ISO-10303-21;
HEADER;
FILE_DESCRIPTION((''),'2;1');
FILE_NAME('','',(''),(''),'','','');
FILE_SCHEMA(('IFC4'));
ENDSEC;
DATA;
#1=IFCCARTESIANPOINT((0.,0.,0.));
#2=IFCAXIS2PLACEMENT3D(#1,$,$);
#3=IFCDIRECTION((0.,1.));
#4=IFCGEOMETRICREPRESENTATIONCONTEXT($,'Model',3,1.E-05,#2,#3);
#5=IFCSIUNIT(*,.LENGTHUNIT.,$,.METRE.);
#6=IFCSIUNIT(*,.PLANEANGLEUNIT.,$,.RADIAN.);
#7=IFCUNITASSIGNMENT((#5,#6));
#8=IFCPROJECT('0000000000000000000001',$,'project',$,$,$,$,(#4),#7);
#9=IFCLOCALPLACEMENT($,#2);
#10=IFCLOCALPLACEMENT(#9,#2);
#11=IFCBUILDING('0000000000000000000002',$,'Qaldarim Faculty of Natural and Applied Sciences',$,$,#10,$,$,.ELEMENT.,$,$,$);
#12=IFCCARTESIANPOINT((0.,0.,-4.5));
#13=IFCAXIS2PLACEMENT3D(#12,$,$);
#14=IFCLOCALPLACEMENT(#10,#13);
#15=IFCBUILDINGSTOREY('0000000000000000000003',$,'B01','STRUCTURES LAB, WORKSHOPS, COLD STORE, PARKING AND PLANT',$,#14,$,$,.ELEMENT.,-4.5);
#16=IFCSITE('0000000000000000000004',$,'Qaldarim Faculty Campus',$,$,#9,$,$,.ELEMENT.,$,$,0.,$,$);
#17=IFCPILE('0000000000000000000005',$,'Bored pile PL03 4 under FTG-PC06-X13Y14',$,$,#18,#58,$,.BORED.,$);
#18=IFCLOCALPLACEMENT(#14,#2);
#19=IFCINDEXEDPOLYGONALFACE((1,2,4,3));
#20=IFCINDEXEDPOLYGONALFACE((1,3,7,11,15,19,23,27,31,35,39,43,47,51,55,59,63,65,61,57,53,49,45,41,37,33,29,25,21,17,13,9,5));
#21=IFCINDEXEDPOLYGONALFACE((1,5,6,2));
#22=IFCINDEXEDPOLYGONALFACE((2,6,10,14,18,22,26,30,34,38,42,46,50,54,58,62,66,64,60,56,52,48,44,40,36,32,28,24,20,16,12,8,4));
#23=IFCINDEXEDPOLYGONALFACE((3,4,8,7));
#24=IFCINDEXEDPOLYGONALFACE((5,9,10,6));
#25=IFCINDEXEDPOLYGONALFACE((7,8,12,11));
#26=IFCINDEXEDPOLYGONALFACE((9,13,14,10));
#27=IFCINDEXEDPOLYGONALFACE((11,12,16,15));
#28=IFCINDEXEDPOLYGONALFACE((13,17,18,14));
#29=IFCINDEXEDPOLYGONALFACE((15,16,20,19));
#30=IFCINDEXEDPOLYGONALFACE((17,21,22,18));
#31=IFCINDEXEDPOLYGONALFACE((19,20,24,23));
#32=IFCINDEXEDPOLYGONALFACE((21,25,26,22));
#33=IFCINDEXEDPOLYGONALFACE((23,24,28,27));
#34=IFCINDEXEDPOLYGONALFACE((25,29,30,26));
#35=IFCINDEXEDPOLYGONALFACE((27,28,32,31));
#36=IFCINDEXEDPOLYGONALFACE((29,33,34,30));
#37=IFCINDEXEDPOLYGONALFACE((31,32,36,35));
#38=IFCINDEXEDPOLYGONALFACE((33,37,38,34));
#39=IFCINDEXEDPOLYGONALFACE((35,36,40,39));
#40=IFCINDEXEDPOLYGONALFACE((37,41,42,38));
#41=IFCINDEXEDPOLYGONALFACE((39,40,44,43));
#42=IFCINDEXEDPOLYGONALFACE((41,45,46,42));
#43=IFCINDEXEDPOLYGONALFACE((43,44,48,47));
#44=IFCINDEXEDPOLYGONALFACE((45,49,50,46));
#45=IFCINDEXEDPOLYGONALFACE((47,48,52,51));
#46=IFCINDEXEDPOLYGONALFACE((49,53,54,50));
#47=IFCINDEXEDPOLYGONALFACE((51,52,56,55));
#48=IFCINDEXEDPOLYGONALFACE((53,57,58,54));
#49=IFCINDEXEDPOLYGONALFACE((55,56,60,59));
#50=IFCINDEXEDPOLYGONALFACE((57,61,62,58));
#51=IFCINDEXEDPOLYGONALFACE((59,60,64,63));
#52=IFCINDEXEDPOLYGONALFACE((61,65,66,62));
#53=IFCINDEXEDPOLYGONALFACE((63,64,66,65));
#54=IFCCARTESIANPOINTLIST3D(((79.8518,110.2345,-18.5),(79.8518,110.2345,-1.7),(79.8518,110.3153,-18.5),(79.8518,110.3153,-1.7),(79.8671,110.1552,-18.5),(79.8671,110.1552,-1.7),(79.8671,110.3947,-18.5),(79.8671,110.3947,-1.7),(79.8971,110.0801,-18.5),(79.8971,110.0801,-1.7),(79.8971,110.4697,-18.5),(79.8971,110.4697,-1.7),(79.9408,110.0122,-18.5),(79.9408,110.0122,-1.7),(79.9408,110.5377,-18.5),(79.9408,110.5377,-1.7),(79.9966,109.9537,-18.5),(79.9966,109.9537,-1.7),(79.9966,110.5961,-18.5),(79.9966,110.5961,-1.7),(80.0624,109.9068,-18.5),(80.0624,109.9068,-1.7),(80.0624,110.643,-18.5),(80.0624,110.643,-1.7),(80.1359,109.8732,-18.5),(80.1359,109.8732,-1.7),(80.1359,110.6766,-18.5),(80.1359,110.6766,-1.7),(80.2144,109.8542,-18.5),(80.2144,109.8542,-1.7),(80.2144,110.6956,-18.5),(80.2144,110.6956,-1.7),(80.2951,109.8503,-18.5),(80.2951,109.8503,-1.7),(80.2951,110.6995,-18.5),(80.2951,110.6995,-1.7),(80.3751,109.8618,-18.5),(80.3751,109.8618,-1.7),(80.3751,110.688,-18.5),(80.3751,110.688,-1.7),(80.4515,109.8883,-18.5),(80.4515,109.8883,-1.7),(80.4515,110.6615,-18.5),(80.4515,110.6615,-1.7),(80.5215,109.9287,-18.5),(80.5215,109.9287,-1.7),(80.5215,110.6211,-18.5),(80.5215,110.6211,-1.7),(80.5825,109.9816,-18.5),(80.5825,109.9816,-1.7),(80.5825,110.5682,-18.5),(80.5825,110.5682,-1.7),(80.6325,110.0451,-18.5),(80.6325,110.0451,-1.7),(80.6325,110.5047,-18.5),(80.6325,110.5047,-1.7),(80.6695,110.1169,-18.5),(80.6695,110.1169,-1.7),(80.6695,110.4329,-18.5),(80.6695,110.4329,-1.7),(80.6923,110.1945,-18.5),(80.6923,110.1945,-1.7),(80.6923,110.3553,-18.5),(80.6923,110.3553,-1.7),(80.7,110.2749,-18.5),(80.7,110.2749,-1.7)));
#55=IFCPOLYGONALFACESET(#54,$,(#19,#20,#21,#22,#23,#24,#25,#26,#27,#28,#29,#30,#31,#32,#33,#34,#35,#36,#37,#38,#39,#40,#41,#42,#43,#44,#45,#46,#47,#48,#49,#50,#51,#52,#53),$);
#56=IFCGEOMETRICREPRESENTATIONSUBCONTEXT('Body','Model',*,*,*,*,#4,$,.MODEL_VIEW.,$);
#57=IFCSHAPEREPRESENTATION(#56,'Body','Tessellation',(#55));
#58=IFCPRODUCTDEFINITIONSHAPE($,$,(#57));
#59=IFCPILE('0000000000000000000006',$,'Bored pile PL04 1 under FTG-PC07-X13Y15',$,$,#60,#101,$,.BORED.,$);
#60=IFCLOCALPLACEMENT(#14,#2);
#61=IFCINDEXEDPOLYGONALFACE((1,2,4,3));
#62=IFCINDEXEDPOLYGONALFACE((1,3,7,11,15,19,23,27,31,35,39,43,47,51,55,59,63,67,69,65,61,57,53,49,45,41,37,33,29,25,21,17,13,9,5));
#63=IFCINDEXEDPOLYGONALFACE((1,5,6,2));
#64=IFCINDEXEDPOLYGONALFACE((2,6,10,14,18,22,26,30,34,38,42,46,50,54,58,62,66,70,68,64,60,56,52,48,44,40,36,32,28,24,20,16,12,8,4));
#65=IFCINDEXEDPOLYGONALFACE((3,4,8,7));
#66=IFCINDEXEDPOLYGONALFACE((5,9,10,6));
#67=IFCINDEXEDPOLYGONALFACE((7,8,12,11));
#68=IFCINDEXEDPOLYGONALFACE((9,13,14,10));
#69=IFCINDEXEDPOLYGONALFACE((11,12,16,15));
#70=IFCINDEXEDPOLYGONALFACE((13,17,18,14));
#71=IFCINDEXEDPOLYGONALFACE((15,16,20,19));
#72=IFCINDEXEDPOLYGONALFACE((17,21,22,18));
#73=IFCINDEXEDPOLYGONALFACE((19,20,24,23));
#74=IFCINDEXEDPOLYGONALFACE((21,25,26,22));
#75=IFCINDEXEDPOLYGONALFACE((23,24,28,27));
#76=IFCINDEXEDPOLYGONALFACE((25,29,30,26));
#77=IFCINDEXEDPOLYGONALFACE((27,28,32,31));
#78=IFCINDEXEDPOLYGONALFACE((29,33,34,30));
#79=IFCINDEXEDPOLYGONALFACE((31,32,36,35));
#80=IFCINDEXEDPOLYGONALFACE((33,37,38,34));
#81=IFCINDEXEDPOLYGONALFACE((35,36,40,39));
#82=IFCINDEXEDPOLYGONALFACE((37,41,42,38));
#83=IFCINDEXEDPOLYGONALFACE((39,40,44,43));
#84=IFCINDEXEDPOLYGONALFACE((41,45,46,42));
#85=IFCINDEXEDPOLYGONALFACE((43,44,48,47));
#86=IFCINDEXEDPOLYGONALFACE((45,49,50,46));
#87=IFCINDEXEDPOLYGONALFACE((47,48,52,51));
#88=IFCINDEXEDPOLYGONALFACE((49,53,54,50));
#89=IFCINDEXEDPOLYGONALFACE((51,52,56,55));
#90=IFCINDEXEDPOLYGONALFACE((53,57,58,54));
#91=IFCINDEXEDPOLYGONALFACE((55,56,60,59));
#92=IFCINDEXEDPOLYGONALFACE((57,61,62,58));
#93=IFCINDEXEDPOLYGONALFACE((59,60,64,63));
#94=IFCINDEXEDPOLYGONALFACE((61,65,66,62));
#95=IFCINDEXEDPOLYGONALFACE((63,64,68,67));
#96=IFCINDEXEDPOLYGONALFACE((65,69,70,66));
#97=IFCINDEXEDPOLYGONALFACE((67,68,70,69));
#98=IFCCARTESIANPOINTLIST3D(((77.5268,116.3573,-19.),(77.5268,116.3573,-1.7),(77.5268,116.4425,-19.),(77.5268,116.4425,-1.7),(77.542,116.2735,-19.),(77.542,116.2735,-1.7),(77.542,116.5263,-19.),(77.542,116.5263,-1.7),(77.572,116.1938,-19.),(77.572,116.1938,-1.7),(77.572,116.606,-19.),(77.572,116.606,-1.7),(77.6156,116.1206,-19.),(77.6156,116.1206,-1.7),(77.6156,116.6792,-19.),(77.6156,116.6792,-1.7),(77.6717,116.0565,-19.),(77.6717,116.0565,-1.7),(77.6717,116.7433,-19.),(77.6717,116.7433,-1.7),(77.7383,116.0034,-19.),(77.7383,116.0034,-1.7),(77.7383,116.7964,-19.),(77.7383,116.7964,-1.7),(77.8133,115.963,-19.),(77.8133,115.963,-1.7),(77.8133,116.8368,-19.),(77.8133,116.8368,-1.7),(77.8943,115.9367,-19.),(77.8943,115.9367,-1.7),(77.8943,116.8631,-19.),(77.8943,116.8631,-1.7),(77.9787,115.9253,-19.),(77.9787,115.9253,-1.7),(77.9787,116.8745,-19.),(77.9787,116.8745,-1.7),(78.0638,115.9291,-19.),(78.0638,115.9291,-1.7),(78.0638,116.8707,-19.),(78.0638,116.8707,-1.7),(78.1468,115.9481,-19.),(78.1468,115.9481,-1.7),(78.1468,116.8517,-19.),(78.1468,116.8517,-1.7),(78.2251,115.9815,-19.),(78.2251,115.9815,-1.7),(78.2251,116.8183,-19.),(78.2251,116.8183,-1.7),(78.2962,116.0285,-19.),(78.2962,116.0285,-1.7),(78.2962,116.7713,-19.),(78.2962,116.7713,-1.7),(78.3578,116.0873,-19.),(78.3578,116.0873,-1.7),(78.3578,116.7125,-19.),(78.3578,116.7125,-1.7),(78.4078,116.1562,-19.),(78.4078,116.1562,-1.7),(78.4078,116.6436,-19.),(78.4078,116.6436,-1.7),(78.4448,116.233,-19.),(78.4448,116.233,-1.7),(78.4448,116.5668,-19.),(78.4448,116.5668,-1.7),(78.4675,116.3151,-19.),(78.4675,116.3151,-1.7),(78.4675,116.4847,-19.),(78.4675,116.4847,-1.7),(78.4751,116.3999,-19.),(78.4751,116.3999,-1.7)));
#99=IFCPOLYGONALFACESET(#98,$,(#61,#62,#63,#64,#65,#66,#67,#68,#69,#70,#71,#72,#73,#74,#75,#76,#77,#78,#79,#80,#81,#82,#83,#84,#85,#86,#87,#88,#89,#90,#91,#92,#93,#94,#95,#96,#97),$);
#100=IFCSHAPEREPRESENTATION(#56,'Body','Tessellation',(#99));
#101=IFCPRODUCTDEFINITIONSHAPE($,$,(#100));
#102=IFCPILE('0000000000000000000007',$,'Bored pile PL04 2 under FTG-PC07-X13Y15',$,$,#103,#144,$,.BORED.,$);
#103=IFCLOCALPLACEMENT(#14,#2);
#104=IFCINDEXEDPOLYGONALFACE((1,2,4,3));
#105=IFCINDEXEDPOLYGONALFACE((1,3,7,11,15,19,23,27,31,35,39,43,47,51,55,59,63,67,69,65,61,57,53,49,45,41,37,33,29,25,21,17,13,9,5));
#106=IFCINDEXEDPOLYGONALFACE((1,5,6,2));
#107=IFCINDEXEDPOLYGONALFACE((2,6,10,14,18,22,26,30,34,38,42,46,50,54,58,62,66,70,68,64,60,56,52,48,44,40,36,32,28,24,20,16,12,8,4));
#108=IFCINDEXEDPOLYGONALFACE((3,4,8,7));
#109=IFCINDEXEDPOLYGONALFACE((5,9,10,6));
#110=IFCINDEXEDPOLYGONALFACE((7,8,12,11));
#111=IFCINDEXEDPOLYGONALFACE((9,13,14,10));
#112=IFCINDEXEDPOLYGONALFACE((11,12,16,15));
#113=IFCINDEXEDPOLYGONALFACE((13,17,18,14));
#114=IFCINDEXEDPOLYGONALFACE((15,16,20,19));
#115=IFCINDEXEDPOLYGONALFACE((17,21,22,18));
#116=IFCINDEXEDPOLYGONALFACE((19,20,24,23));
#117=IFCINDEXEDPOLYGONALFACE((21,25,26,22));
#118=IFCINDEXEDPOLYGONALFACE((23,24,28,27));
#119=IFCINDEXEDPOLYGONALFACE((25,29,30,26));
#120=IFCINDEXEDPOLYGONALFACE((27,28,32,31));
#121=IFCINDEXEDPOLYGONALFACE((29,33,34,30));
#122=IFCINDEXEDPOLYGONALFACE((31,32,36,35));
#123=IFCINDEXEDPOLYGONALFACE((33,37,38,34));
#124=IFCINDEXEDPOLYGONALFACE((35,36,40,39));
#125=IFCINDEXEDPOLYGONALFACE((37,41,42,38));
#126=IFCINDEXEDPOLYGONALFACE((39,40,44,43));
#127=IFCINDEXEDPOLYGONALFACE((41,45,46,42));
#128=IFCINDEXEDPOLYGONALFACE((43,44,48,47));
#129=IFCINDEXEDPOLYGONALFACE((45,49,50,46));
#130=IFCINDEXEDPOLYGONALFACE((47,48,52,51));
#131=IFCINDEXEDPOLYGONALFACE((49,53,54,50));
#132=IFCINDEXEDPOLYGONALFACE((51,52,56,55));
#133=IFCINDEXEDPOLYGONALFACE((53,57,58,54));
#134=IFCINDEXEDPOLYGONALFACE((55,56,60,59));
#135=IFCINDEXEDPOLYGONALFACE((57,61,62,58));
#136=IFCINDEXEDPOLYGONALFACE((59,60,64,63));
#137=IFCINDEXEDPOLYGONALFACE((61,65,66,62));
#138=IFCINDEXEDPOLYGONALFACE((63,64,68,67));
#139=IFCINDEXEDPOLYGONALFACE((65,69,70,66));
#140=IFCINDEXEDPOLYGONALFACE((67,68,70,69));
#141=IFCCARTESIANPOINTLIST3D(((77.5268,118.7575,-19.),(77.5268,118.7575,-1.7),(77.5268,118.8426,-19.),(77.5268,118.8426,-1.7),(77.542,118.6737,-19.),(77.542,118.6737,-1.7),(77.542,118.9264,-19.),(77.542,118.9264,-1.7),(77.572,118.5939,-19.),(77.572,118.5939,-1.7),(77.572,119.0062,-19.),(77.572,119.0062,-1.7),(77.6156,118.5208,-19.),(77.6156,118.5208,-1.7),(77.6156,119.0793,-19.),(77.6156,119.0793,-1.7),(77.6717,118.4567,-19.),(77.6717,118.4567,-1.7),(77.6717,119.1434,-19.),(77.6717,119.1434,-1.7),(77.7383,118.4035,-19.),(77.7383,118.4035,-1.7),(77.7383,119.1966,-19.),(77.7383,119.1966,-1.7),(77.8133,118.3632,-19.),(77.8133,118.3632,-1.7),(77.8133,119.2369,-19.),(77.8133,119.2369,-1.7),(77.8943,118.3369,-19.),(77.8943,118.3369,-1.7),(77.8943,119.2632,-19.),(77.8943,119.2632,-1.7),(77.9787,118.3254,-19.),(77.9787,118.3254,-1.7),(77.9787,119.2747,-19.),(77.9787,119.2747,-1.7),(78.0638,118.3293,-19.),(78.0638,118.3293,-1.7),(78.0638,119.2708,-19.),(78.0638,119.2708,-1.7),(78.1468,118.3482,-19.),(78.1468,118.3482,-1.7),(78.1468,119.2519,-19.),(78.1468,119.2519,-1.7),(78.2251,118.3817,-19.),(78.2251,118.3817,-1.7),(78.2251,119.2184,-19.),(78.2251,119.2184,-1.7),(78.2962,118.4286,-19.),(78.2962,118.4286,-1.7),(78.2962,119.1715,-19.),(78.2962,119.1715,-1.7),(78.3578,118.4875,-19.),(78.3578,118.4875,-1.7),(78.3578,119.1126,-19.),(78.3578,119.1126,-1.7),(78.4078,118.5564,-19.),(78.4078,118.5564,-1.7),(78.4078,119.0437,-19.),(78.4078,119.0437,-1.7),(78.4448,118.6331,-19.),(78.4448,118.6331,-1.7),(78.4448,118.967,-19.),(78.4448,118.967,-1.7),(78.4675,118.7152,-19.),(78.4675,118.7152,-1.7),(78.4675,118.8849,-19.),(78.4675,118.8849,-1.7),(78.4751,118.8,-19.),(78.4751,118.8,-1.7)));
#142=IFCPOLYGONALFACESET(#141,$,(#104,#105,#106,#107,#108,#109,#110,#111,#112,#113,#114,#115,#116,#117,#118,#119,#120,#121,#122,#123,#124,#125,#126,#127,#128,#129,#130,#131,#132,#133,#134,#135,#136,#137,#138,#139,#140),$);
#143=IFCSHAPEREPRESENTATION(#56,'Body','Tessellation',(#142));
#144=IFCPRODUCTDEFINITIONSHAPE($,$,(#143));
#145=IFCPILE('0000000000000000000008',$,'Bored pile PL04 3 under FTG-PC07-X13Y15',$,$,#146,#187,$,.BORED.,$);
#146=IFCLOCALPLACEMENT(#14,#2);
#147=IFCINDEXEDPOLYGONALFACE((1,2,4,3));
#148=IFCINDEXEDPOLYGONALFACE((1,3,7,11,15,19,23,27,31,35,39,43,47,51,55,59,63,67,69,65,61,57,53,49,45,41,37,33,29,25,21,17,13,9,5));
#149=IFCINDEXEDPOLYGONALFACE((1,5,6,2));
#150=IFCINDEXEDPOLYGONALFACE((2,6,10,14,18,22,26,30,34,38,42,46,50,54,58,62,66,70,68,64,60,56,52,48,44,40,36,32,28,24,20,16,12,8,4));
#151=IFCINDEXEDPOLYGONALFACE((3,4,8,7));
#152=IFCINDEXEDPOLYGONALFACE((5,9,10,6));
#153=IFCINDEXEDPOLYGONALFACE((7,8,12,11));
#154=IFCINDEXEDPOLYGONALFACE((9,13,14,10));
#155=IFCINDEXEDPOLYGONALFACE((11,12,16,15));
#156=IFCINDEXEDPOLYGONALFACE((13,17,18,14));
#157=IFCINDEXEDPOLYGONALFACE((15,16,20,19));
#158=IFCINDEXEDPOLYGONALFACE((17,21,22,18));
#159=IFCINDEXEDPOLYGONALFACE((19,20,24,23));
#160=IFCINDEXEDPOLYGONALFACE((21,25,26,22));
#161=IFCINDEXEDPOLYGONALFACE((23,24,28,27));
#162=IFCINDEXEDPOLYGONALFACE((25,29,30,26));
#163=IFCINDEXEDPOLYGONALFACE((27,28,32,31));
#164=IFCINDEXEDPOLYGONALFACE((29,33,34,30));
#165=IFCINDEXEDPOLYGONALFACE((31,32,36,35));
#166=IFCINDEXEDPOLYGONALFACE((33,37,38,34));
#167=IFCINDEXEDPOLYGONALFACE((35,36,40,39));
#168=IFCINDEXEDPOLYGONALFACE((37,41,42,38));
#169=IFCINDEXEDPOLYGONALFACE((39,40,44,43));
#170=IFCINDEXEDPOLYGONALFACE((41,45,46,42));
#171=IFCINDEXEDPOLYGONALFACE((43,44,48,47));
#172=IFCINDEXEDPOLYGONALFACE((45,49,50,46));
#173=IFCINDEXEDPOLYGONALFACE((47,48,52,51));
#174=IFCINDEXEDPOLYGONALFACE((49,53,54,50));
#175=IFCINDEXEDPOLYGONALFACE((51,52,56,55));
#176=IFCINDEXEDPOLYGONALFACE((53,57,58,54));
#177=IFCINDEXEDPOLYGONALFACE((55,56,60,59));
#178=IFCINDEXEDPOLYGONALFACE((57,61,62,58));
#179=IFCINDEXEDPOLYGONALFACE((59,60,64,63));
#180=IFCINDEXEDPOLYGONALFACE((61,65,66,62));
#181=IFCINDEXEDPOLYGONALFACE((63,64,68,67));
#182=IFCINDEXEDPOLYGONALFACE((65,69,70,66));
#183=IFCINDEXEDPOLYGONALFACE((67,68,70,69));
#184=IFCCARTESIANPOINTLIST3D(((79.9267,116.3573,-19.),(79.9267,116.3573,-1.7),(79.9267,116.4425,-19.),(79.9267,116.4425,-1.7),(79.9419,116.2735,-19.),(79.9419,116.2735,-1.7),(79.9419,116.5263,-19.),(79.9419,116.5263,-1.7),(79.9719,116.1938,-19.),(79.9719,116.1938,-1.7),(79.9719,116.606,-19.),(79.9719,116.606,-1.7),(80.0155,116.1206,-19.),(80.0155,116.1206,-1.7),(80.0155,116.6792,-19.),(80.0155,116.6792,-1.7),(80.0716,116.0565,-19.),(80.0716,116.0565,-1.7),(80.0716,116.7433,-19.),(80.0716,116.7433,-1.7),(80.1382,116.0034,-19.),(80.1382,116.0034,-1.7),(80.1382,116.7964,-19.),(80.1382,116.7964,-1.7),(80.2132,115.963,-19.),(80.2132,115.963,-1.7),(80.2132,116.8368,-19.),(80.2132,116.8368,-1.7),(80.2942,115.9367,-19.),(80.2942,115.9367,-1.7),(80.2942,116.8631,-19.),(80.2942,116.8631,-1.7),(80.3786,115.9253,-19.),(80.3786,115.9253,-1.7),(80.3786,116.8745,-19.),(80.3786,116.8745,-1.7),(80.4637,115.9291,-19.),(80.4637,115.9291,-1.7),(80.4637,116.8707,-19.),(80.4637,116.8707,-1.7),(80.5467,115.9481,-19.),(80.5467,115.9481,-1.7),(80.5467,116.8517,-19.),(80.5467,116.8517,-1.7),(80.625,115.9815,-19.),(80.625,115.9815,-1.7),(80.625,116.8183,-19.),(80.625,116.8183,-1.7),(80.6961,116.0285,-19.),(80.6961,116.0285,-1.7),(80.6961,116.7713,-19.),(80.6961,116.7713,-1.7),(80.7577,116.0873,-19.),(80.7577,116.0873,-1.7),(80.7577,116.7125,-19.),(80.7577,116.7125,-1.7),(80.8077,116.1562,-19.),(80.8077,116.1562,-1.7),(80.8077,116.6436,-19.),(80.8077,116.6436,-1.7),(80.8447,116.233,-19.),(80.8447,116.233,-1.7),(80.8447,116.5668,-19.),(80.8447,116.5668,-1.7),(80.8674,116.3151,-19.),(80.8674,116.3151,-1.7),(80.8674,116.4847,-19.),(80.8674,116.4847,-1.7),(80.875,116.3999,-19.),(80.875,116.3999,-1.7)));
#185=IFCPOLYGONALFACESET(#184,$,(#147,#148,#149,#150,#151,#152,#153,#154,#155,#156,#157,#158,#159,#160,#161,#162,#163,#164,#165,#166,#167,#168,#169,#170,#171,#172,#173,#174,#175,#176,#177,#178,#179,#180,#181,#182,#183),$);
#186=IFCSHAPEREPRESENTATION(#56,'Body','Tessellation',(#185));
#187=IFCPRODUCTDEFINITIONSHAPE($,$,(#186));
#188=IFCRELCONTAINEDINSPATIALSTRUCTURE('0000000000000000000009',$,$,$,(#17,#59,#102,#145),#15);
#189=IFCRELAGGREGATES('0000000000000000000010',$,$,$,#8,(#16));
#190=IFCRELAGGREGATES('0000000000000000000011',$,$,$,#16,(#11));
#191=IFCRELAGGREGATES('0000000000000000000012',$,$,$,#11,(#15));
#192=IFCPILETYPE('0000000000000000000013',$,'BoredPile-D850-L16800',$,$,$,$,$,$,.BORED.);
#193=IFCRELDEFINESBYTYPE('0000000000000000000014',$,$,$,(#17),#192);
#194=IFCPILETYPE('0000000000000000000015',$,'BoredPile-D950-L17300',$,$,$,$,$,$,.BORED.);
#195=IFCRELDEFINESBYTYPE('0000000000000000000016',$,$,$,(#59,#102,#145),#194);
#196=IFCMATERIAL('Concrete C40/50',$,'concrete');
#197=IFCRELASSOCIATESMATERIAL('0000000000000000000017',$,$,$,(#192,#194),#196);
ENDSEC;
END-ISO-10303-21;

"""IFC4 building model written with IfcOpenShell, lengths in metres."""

from ifc_helpers import new_model, si_unit, direction, frame, origin, origin_2d, place, context, subcontext, project, spatial, circle, extrude, material, material_profile, profile_set, type_object, element, save


model = new_model("IFC4")

# Units and contexts
model_context = context("Model", 3, precision=1e-05, world=origin(), true_north=direction((0.0, 1.0)))
body_context = subcontext(model_context, "Body", "Model", "MODEL_VIEW")
ifc_project = project(units=[si_unit("LENGTHUNIT", "METRE"), si_unit("PLANEANGLEUNIT", "RADIAN")], contexts=[model_context])

# Site, building, storey
site_placement = place(None, origin())
site = spatial("IfcSite", under=ifc_project, at=site_placement, Name="Qaldarim Faculty Campus", CompositionType="ELEMENT", RefElevation=0.0)
building_placement = place(site_placement, origin())
building = spatial("IfcBuilding", under=site, at=building_placement, Name="Qaldarim Faculty of Natural and Applied Sciences", CompositionType="ELEMENT")
storey_placement = place(building_placement, frame((0.0, 0.0, -4.5)))
storey = spatial("IfcBuildingStorey", under=building, at=storey_placement, Name="B01", Description="STRUCTURES LAB, WORKSHOPS, COLD STORE, PARKING AND PLANT", CompositionType="ELEMENT", Elevation=-4.5)

# Piles
ifc_material_1 = material(Name="Concrete C40/50", Category="concrete")
ifc_material_profile_1 = material_profile(ifc_material_1, circle(Radius=0.425, at=origin_2d()), Name="PILE-D850")
ifc_profile_set_1 = profile_set([ifc_material_profile_1], Name="Concrete C40/50")
pile_type_1 = type_object("IfcPileType", Name="BoredPile-D850-L16800", PredefinedType="BORED", material=ifc_profile_set_1)
for number, where, z_axis, x_axis, name in (
    (1, (80.2749, 110.2749, -1.7), (0.0, 0.0, -1.0), (1.0, 0.0, 0.0), "Bored pile PL03 4 under FTG-PC06-X13Y14"),
):
    element("IfcPile", number, at=place(storey_placement, frame(where, z_axis=z_axis, x_axis=x_axis)), inside=storey, type_object=pile_type_1, Name=name, PredefinedType="BORED", context=body_context, shape_type="SweptSolid", body=[
        extrude(circle(Radius=0.425, at=origin_2d()), origin(), (0.0, 0.0, 1.0), 16.8),
    ])
ifc_material_profile_2 = material_profile(ifc_material_1, circle(Radius=0.4751, at=origin_2d()), Name="PILE-D950")
ifc_profile_set_2 = profile_set([ifc_material_profile_2], Name="Concrete C40/50")
pile_type_2 = type_object("IfcPileType", Name="BoredPile-D950-L17300", PredefinedType="BORED", material=ifc_profile_set_2)
for number, where, z_axis, x_axis, name in (
    (2, (78.0, 116.3999, -1.7), (0.0, 0.0, -1.0), (1.0, 0.0, 0.0), "Bored pile PL04 1 under FTG-PC07-X13Y15"),
    (3, (78.0, 118.8, -1.7), (0.0, 0.0, -1.0), (1.0, 0.0, 0.0), "Bored pile PL04 2 under FTG-PC07-X13Y15"),
    (4, (80.3999, 116.3999, -1.7), (0.0, 0.0, -1.0), (1.0, 0.0, 0.0), "Bored pile PL04 3 under FTG-PC07-X13Y15"),
):
    element("IfcPile", number, at=place(storey_placement, frame(where, z_axis=z_axis, x_axis=x_axis)), inside=storey, type_object=pile_type_2, Name=name, PredefinedType="BORED", context=body_context, shape_type="SweptSolid", body=[
        extrude(circle(Radius=0.4751, at=origin_2d()), origin(), (0.0, 0.0, 1.0), 17.3),
    ])

save(model, "model.ifc")
